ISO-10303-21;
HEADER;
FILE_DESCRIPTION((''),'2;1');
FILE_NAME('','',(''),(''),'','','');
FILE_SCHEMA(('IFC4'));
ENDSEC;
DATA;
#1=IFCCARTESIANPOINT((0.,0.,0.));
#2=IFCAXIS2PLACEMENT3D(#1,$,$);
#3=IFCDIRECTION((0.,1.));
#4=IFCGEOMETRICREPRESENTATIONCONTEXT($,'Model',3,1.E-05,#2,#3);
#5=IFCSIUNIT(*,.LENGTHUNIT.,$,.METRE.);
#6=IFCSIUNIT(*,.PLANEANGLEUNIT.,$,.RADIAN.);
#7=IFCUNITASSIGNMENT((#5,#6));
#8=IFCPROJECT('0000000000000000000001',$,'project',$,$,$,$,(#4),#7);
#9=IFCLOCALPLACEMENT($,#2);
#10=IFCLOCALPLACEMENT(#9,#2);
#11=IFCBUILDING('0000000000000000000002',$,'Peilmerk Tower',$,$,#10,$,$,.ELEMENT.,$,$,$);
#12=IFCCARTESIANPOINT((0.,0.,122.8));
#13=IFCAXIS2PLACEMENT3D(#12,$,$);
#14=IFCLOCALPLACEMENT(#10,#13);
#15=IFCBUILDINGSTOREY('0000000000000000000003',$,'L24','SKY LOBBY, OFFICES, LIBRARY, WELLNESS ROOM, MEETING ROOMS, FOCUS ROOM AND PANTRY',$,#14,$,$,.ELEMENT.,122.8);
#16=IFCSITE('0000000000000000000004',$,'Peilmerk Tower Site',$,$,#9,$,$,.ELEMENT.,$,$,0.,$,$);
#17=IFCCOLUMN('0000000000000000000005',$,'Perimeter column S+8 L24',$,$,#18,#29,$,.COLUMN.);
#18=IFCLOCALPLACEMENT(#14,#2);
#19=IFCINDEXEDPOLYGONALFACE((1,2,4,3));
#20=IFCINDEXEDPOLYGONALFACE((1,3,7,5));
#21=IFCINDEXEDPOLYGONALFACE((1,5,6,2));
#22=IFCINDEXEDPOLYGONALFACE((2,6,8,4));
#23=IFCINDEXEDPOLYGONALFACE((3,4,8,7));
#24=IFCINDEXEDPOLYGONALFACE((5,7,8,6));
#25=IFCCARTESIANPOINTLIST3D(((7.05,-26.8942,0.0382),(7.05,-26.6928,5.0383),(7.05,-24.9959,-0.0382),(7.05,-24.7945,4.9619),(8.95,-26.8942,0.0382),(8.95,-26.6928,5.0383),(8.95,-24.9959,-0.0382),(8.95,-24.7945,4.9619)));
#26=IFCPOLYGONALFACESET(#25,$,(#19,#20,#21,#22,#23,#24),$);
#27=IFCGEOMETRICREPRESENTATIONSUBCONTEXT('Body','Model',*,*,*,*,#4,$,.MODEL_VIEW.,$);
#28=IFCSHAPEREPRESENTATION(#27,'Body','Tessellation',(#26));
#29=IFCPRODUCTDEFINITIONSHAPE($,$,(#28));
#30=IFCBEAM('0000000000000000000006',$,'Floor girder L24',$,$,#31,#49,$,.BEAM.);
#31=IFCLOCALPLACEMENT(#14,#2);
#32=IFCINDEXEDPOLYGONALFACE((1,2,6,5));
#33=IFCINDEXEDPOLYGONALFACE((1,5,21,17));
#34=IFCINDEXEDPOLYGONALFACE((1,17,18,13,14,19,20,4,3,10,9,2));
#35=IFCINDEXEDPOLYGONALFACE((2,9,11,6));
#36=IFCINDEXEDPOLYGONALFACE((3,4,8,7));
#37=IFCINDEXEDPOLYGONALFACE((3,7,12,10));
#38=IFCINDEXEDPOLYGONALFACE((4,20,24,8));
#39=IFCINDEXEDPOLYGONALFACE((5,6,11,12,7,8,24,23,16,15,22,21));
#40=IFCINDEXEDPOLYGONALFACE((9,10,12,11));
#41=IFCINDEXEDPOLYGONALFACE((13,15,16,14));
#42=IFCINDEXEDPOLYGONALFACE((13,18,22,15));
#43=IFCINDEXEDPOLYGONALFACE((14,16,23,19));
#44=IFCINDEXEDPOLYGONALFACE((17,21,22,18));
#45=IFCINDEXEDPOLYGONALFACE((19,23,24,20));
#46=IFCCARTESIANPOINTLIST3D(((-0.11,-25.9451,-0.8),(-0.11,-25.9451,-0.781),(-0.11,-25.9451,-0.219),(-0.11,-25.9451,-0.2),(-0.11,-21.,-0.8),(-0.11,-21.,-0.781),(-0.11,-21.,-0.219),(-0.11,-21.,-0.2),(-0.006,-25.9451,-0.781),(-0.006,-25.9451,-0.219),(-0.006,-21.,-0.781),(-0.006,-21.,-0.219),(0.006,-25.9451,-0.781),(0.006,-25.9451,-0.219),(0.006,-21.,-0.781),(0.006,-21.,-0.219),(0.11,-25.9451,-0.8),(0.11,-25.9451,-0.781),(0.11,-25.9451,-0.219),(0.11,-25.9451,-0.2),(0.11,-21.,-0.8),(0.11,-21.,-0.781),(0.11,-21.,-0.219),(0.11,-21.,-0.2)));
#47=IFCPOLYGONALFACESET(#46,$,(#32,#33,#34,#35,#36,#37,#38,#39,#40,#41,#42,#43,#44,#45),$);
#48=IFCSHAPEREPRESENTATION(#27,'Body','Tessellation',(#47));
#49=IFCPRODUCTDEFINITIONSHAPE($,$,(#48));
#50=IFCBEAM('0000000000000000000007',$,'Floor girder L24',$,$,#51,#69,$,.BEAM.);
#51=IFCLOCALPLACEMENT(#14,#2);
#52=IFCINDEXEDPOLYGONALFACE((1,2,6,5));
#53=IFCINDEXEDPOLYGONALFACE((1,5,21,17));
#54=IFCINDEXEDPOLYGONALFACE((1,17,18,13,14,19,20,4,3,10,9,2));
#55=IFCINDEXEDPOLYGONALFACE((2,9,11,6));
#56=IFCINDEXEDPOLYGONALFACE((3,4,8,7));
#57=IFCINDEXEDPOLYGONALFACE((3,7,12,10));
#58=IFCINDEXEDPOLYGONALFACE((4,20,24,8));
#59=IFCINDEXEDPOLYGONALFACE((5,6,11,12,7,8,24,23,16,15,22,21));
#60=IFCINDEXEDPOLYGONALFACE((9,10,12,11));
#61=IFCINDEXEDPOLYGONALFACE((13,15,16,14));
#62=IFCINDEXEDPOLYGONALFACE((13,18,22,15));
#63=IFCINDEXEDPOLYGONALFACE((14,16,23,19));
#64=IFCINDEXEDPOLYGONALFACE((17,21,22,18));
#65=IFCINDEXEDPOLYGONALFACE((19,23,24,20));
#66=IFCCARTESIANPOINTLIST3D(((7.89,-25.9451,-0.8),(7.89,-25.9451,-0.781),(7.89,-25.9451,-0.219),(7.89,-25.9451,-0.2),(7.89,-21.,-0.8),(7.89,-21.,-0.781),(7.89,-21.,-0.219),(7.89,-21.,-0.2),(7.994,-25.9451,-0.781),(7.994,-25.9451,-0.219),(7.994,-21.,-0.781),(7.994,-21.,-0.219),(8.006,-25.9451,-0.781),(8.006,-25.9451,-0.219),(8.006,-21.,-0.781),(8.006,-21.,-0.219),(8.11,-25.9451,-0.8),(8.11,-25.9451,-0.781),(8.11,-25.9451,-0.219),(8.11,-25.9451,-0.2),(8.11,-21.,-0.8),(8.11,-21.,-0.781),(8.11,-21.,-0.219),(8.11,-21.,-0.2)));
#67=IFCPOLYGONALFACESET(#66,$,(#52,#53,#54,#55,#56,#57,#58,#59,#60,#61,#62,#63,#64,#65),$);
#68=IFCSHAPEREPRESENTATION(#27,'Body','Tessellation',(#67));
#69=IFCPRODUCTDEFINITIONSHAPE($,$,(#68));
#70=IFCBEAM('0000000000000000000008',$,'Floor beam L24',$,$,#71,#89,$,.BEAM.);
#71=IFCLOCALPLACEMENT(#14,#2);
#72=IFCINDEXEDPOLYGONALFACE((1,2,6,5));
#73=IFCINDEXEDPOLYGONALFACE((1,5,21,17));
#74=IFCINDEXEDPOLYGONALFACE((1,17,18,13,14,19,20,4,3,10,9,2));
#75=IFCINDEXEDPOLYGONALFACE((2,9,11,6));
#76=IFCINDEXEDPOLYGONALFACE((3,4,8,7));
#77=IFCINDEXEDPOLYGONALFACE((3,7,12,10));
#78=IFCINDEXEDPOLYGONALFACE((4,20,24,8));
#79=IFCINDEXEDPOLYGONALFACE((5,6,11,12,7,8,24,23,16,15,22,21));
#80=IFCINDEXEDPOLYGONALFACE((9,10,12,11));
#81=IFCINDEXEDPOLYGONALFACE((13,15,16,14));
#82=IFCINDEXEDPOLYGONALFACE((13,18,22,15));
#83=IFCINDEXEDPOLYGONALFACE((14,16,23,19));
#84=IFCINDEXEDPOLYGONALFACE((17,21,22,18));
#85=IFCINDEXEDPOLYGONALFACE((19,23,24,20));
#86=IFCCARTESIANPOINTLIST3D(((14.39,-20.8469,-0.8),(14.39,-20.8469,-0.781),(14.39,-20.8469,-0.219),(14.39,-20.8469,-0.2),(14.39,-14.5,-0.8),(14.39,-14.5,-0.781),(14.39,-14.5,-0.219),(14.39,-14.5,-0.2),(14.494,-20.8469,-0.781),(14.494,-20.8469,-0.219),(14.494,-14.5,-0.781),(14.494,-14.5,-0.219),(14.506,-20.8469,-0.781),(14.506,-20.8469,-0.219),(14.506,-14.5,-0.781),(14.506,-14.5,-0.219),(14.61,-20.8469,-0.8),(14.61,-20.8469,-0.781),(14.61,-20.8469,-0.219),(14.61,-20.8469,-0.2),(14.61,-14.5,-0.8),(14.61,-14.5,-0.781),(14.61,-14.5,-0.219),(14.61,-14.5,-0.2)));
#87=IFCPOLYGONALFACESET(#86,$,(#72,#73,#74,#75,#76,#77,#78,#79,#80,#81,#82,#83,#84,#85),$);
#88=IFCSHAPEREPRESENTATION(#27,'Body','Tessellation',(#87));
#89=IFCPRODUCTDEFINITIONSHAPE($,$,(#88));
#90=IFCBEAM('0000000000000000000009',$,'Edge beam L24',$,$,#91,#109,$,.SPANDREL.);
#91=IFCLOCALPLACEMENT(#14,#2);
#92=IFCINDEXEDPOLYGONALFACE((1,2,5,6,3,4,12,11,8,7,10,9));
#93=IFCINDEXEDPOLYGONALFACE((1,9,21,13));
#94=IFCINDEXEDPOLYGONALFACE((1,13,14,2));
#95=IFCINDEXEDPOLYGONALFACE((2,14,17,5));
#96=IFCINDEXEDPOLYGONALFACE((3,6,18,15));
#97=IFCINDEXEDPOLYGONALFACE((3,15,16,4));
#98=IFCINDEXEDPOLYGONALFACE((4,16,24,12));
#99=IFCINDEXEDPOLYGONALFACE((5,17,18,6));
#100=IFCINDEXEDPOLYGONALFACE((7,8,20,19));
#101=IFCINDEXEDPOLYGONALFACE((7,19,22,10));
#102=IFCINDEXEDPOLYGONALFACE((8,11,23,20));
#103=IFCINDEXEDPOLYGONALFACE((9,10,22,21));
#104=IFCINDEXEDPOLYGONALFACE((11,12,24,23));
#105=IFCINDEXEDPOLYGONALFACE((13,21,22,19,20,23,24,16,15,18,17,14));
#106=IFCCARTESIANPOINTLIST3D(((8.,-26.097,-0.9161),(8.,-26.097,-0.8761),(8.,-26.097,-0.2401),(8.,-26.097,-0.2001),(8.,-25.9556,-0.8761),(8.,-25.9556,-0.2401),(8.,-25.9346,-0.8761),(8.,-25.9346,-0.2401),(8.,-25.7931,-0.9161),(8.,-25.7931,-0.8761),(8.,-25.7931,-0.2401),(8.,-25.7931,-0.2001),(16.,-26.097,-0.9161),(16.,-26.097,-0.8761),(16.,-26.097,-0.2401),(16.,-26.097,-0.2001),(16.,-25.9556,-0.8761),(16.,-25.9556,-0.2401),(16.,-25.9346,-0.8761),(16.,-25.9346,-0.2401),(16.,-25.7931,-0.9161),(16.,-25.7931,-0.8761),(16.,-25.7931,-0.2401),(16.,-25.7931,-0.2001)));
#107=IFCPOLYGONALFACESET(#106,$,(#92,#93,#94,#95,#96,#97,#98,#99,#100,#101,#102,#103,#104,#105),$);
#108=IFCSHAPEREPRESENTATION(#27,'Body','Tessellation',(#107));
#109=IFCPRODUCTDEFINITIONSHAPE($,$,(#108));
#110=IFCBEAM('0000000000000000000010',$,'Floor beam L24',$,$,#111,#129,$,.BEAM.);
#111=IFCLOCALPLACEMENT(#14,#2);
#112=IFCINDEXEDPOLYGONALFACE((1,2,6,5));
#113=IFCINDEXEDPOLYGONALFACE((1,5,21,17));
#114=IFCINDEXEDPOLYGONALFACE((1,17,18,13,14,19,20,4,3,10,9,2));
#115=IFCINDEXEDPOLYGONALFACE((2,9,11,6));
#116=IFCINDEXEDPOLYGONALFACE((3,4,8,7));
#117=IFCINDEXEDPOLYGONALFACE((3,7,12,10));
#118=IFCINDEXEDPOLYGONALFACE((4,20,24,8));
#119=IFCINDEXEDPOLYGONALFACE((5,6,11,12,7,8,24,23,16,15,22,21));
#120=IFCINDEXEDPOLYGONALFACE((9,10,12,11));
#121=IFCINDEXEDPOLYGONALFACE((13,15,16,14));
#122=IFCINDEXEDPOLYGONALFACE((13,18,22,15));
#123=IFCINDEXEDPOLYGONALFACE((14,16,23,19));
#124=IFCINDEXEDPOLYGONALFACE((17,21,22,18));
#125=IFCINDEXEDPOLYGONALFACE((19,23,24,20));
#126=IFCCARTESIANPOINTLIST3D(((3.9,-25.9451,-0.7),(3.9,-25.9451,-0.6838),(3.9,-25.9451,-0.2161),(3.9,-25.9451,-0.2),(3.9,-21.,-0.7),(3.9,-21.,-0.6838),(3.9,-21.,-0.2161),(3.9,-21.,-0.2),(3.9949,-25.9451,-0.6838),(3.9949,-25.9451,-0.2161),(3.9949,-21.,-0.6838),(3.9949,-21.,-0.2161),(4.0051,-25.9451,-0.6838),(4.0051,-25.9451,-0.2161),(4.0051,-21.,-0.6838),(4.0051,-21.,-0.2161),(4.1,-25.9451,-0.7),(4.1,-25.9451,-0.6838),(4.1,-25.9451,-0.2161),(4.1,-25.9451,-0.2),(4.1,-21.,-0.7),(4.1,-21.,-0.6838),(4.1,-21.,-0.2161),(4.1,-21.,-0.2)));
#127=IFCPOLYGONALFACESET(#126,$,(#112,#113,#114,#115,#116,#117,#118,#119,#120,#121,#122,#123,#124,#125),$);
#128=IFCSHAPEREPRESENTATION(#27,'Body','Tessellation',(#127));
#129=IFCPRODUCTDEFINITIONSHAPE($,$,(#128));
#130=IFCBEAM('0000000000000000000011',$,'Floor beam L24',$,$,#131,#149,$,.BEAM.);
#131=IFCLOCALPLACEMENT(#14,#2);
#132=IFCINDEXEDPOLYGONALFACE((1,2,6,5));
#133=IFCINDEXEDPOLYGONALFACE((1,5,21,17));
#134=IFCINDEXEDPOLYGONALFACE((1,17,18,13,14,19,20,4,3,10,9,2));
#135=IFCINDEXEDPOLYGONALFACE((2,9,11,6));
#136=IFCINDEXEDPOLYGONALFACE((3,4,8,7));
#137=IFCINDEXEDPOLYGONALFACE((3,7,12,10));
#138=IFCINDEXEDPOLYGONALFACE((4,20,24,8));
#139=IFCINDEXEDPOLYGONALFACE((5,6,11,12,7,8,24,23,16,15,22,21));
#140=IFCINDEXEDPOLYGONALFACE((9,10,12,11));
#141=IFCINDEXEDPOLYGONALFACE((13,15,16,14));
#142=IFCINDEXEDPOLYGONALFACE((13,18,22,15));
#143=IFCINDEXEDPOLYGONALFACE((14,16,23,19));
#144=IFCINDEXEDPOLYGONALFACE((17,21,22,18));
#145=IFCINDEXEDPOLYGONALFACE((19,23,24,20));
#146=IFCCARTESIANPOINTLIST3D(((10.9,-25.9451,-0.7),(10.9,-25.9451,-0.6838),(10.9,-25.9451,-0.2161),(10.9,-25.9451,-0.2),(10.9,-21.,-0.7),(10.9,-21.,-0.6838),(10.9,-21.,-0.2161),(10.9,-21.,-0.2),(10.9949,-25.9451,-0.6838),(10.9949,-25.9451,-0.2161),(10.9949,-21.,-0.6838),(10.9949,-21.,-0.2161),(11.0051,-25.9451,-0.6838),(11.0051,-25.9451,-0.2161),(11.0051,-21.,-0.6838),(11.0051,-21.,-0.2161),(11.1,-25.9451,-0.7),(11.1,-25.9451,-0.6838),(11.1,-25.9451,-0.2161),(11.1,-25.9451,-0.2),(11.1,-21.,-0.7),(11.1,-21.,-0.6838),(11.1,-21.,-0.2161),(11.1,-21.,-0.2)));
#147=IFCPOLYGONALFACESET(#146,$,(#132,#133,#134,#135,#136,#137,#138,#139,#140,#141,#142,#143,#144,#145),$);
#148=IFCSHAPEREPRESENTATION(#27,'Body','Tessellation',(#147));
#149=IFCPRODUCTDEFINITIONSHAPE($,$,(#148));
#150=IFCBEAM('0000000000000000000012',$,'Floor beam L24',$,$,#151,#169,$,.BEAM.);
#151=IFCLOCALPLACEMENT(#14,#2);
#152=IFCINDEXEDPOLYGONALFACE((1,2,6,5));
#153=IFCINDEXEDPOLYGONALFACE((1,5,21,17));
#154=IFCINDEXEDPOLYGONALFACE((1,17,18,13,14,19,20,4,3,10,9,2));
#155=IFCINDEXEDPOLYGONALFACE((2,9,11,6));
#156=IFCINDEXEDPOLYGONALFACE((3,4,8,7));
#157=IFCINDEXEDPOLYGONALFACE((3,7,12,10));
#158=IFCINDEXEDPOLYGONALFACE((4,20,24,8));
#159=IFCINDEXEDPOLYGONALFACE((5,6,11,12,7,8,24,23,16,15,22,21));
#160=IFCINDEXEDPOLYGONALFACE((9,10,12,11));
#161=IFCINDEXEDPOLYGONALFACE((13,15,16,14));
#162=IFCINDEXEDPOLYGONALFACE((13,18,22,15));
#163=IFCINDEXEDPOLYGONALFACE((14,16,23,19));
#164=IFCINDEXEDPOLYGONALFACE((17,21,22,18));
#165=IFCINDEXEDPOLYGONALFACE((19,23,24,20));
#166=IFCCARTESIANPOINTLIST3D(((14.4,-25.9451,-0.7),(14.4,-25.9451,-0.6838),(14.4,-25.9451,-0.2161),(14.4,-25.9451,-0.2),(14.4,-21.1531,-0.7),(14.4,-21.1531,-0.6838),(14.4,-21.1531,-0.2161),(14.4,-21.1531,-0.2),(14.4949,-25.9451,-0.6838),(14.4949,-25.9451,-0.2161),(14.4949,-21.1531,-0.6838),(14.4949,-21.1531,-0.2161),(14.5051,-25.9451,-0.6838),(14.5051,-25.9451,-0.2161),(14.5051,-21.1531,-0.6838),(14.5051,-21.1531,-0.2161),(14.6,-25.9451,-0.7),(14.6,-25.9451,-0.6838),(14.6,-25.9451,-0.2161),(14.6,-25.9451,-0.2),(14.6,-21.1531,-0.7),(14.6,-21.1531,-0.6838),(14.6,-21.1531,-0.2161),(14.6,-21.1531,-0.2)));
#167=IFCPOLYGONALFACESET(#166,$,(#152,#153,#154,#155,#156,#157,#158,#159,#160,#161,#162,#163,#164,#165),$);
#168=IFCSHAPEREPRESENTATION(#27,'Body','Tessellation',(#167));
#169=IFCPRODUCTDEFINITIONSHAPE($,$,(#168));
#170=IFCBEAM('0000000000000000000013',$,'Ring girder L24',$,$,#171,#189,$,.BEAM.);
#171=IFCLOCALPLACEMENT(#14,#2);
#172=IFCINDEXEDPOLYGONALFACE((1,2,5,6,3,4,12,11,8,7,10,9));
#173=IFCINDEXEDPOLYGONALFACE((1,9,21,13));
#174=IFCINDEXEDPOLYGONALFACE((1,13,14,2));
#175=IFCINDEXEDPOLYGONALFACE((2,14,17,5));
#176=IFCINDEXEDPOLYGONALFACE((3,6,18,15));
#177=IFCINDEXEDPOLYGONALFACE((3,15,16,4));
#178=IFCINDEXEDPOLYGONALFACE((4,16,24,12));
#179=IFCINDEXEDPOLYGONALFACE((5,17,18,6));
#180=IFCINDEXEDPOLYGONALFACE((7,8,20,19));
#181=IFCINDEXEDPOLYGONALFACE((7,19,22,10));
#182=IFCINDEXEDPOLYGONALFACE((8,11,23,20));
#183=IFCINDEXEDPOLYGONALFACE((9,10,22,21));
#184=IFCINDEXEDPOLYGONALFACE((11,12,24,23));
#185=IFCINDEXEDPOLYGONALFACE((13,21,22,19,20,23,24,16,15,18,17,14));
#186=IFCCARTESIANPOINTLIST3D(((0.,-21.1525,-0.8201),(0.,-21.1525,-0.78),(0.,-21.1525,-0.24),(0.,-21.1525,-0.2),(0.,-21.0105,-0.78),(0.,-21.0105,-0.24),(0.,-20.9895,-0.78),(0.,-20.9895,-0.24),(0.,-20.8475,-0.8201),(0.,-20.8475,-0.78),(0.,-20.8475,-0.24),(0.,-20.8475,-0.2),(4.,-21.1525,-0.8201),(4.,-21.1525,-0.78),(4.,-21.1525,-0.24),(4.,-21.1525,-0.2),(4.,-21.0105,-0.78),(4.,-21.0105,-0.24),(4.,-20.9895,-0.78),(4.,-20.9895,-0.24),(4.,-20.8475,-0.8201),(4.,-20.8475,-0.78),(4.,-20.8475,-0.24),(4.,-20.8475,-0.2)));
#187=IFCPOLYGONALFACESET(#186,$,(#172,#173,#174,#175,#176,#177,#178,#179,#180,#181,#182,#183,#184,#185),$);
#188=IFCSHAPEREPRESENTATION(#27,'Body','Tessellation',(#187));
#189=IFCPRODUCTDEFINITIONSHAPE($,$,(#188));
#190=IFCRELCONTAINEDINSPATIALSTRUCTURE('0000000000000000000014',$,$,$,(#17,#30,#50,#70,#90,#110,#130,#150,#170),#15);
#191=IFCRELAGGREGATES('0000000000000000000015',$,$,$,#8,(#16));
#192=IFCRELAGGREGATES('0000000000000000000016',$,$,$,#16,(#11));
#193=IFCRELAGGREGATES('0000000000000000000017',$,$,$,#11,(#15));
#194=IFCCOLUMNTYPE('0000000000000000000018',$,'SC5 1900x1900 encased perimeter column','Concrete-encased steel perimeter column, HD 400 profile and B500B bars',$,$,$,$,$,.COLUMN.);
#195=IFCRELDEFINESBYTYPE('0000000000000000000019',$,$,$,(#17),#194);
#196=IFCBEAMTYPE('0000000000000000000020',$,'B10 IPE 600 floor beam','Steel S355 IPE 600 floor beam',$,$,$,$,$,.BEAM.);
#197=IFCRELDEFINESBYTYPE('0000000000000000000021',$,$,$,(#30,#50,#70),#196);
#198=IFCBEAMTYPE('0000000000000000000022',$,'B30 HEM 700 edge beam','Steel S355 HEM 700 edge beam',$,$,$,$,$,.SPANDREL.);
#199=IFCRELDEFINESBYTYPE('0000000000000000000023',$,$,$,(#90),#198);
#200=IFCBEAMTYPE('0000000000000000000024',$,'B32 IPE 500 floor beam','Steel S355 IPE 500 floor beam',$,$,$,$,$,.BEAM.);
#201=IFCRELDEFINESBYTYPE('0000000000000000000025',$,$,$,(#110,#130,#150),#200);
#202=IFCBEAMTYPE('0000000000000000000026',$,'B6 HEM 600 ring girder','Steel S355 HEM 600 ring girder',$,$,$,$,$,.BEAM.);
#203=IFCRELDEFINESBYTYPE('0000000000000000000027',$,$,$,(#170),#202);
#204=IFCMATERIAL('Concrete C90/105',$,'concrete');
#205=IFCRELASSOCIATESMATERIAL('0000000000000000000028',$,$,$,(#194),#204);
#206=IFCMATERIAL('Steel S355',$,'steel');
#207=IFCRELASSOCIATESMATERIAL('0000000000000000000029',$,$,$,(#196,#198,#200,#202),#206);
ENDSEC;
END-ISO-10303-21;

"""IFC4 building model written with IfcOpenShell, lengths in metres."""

from ifc_helpers import new_model, si_unit, direction, frame, origin, origin_2d, place, context, subcontext, project, spatial, rectangle, i_section, extrude, material, material_profile, profile_set, type_object, element, save


model = new_model("IFC4")

# Units and contexts
model_context = context("Model", 3, precision=1e-05, world=origin(), true_north=direction((0.0, 1.0)))
body_context = subcontext(model_context, "Body", "Model", "MODEL_VIEW")
ifc_project = project(units=[si_unit("LENGTHUNIT", "METRE"), si_unit("PLANEANGLEUNIT", "RADIAN")], contexts=[model_context])

# Site, building, storey
site_placement = place(None, origin())
site = spatial("IfcSite", under=ifc_project, at=site_placement, Name="Peilmerk Tower Site", CompositionType="ELEMENT", RefElevation=0.0)
building_placement = place(site_placement, origin())
building = spatial("IfcBuilding", under=site, at=building_placement, Name="Peilmerk Tower", CompositionType="ELEMENT")
storey_placement = place(building_placement, frame((0.0, 0.0, 122.8)))
storey = spatial("IfcBuildingStorey", under=building, at=storey_placement, Name="L24", Description="SKY LOBBY, OFFICES, LIBRARY, WELLNESS ROOM, MEETING ROOMS, FOCUS ROOM AND PANTRY", CompositionType="ELEMENT", Elevation=122.8)

# Column
ifc_material_1 = material(Name="Concrete C90/105", Category="concrete")
ifc_material_profile_1 = material_profile(ifc_material_1, rectangle(XDim=1.8999, YDim=1.8999, at=origin_2d()), Name="RC 1900x1900")
ifc_profile_set_1 = profile_set([ifc_material_profile_1], Name="Concrete C90/105")
column_type = type_object("IfcColumnType", Name="SC5 1900x1900 encased perimeter column", Description="Concrete-encased steel perimeter column, HD 400 profile and B500B bars", PredefinedType="COLUMN", material=ifc_profile_set_1)
column_placement = place(storey_placement, frame((8.0, -25.9451, 0.0), z_axis=(0.0, 0.040251, 0.99919), x_axis=(-1.0, 0.0, 0.0)))
element("IfcColumn", 1, at=column_placement, inside=storey, type_object=column_type, Name="Perimeter column S+8 L24", PredefinedType="COLUMN", context=body_context, shape_type="SweptSolid", body=[
    extrude(rectangle(XDim=1.8999, YDim=1.8999, at=origin_2d()), origin(), (0.0, 0.0, 1.0), 5.0042),
])

# Beams
ifc_material_2 = material(Name="Steel S355", Category="steel")
ifc_material_profile_2 = material_profile(ifc_material_2, i_section(OverallWidth=0.22, OverallDepth=0.6001, WebThickness=0.012, FlangeThickness=0.019, at=origin_2d()), Name="IPE 600")
ifc_profile_set_2 = profile_set([ifc_material_profile_2], Name="Steel S355")
beam_type_1 = type_object("IfcBeamType", Name="B10 IPE 600 floor beam", Description="Steel S355 IPE 600 floor beam", PredefinedType="BEAM", material=ifc_profile_set_2)
for number, where, z_axis, x_axis, name in (
    (2, (0.0, -21.0, -0.5), (0.0, -1.0, 0.0), (1.0, 0.0, 0.0), "Floor girder L24"),
    (3, (8.0, -21.0, -0.5), (0.0, -1.0, 0.0), (1.0, 0.0, 0.0), "Floor girder L24"),
):
    element("IfcBeam", number, at=place(storey_placement, frame(where, z_axis=z_axis, x_axis=x_axis)), inside=storey, type_object=beam_type_1, Name=name, PredefinedType="BEAM", context=body_context, shape_type="SweptSolid", body=[
        extrude(i_section(OverallWidth=0.22, OverallDepth=0.6001, WebThickness=0.012, FlangeThickness=0.019, at=origin_2d()), origin(), (0.0, 0.0, 1.0), 4.9451),
    ])
beam_1_placement = place(storey_placement, frame((14.5, -14.5, -0.5), z_axis=(0.0, -1.0, 0.0), x_axis=(1.0, 0.0, 0.0)))
element("IfcBeam", 4, at=beam_1_placement, inside=storey, type_object=beam_type_1, Name="Floor beam L24", PredefinedType="BEAM", context=body_context, shape_type="SweptSolid", body=[
    extrude(i_section(OverallWidth=0.22, OverallDepth=0.6001, WebThickness=0.012, FlangeThickness=0.019, at=origin_2d()), origin(), (0.0, 0.0, 1.0), 6.3469),
])
ifc_material_profile_3 = material_profile(ifc_material_2, i_section(OverallWidth=0.304, OverallDepth=0.7161, WebThickness=0.021, FlangeThickness=0.04, at=origin_2d()), Name="HEM 700")
ifc_profile_set_3 = profile_set([ifc_material_profile_3], Name="Steel S355")
beam_type_2 = type_object("IfcBeamType", Name="B30 HEM 700 edge beam", Description="Steel S355 HEM 700 edge beam", PredefinedType="SPANDREL", material=ifc_profile_set_3)
beam_2_placement = place(storey_placement, frame((8.0, -25.9451, -0.5581), z_axis=(1.0, 0.0, 0.0), x_axis=(0.0, 1.0, 0.0)))
element("IfcBeam", 5, at=beam_2_placement, inside=storey, type_object=beam_type_2, Name="Edge beam L24", PredefinedType="SPANDREL", context=body_context, shape_type="SweptSolid", body=[
    extrude(i_section(OverallWidth=0.304, OverallDepth=0.7161, WebThickness=0.021, FlangeThickness=0.04, at=origin_2d()), origin(), (0.0, 0.0, 1.0), 8.0),
])
ifc_material_profile_4 = material_profile(ifc_material_2, i_section(OverallWidth=0.2, OverallDepth=0.5, WebThickness=0.0103, FlangeThickness=0.0161, at=origin_2d()), Name="IPE 500")
ifc_profile_set_4 = profile_set([ifc_material_profile_4], Name="Steel S355")
beam_type_3 = type_object("IfcBeamType", Name="B32 IPE 500 floor beam", Description="Steel S355 IPE 500 floor beam", PredefinedType="BEAM", material=ifc_profile_set_4)
for number, where, z_axis, x_axis, name in (
    (6, (4.0, -21.0, -0.45), (0.0, -1.0, 0.0), (1.0, 0.0, 0.0), "Floor beam L24"),
    (7, (11.0, -21.0, -0.45), (0.0, -1.0, 0.0), (1.0, 0.0, 0.0), "Floor beam L24"),
):
    element("IfcBeam", number, at=place(storey_placement, frame(where, z_axis=z_axis, x_axis=x_axis)), inside=storey, type_object=beam_type_3, Name=name, PredefinedType="BEAM", context=body_context, shape_type="SweptSolid", body=[
        extrude(i_section(OverallWidth=0.2, OverallDepth=0.5, WebThickness=0.0103, FlangeThickness=0.0161, at=origin_2d()), origin(), (0.0, 0.0, 1.0), 4.9451),
    ])
beam_3_placement = place(storey_placement, frame((14.5, -21.1531, -0.45), z_axis=(0.0, -1.0, 0.0), x_axis=(1.0, 0.0, 0.0)))
element("IfcBeam", 8, at=beam_3_placement, inside=storey, type_object=beam_type_3, Name="Floor beam L24", PredefinedType="BEAM", context=body_context, shape_type="SweptSolid", body=[
    extrude(i_section(OverallWidth=0.2, OverallDepth=0.5, WebThickness=0.0103, FlangeThickness=0.0161, at=origin_2d()), origin(), (0.0, 0.0, 1.0), 4.792),
])
ifc_material_profile_5 = material_profile(ifc_material_2, i_section(OverallWidth=0.3049, OverallDepth=0.6201, WebThickness=0.021, FlangeThickness=0.04, at=origin_2d()), Name="HEM 600")
ifc_profile_set_5 = profile_set([ifc_material_profile_5], Name="Steel S355")
beam_type_4 = type_object("IfcBeamType", Name="B6 HEM 600 ring girder", Description="Steel S355 HEM 600 ring girder", PredefinedType="BEAM", material=ifc_profile_set_5)
for number, where, z_axis, x_axis, name in (
    (9, (0.0, -21.0, -0.51), (1.0, 0.0, 0.0), (0.0, 1.0, 0.0), "Ring girder L24"),
):
    element("IfcBeam", number, at=place(storey_placement, frame(where, z_axis=z_axis, x_axis=x_axis)), inside=storey, type_object=beam_type_4, Name=name, PredefinedType="BEAM", context=body_context, shape_type="SweptSolid", body=[
        extrude(i_section(OverallWidth=0.3049, OverallDepth=0.6201, WebThickness=0.021, FlangeThickness=0.04, at=origin_2d()), origin(), (0.0, 0.0, 1.0), 4.0),
    ])

save(model, "model.ifc")
